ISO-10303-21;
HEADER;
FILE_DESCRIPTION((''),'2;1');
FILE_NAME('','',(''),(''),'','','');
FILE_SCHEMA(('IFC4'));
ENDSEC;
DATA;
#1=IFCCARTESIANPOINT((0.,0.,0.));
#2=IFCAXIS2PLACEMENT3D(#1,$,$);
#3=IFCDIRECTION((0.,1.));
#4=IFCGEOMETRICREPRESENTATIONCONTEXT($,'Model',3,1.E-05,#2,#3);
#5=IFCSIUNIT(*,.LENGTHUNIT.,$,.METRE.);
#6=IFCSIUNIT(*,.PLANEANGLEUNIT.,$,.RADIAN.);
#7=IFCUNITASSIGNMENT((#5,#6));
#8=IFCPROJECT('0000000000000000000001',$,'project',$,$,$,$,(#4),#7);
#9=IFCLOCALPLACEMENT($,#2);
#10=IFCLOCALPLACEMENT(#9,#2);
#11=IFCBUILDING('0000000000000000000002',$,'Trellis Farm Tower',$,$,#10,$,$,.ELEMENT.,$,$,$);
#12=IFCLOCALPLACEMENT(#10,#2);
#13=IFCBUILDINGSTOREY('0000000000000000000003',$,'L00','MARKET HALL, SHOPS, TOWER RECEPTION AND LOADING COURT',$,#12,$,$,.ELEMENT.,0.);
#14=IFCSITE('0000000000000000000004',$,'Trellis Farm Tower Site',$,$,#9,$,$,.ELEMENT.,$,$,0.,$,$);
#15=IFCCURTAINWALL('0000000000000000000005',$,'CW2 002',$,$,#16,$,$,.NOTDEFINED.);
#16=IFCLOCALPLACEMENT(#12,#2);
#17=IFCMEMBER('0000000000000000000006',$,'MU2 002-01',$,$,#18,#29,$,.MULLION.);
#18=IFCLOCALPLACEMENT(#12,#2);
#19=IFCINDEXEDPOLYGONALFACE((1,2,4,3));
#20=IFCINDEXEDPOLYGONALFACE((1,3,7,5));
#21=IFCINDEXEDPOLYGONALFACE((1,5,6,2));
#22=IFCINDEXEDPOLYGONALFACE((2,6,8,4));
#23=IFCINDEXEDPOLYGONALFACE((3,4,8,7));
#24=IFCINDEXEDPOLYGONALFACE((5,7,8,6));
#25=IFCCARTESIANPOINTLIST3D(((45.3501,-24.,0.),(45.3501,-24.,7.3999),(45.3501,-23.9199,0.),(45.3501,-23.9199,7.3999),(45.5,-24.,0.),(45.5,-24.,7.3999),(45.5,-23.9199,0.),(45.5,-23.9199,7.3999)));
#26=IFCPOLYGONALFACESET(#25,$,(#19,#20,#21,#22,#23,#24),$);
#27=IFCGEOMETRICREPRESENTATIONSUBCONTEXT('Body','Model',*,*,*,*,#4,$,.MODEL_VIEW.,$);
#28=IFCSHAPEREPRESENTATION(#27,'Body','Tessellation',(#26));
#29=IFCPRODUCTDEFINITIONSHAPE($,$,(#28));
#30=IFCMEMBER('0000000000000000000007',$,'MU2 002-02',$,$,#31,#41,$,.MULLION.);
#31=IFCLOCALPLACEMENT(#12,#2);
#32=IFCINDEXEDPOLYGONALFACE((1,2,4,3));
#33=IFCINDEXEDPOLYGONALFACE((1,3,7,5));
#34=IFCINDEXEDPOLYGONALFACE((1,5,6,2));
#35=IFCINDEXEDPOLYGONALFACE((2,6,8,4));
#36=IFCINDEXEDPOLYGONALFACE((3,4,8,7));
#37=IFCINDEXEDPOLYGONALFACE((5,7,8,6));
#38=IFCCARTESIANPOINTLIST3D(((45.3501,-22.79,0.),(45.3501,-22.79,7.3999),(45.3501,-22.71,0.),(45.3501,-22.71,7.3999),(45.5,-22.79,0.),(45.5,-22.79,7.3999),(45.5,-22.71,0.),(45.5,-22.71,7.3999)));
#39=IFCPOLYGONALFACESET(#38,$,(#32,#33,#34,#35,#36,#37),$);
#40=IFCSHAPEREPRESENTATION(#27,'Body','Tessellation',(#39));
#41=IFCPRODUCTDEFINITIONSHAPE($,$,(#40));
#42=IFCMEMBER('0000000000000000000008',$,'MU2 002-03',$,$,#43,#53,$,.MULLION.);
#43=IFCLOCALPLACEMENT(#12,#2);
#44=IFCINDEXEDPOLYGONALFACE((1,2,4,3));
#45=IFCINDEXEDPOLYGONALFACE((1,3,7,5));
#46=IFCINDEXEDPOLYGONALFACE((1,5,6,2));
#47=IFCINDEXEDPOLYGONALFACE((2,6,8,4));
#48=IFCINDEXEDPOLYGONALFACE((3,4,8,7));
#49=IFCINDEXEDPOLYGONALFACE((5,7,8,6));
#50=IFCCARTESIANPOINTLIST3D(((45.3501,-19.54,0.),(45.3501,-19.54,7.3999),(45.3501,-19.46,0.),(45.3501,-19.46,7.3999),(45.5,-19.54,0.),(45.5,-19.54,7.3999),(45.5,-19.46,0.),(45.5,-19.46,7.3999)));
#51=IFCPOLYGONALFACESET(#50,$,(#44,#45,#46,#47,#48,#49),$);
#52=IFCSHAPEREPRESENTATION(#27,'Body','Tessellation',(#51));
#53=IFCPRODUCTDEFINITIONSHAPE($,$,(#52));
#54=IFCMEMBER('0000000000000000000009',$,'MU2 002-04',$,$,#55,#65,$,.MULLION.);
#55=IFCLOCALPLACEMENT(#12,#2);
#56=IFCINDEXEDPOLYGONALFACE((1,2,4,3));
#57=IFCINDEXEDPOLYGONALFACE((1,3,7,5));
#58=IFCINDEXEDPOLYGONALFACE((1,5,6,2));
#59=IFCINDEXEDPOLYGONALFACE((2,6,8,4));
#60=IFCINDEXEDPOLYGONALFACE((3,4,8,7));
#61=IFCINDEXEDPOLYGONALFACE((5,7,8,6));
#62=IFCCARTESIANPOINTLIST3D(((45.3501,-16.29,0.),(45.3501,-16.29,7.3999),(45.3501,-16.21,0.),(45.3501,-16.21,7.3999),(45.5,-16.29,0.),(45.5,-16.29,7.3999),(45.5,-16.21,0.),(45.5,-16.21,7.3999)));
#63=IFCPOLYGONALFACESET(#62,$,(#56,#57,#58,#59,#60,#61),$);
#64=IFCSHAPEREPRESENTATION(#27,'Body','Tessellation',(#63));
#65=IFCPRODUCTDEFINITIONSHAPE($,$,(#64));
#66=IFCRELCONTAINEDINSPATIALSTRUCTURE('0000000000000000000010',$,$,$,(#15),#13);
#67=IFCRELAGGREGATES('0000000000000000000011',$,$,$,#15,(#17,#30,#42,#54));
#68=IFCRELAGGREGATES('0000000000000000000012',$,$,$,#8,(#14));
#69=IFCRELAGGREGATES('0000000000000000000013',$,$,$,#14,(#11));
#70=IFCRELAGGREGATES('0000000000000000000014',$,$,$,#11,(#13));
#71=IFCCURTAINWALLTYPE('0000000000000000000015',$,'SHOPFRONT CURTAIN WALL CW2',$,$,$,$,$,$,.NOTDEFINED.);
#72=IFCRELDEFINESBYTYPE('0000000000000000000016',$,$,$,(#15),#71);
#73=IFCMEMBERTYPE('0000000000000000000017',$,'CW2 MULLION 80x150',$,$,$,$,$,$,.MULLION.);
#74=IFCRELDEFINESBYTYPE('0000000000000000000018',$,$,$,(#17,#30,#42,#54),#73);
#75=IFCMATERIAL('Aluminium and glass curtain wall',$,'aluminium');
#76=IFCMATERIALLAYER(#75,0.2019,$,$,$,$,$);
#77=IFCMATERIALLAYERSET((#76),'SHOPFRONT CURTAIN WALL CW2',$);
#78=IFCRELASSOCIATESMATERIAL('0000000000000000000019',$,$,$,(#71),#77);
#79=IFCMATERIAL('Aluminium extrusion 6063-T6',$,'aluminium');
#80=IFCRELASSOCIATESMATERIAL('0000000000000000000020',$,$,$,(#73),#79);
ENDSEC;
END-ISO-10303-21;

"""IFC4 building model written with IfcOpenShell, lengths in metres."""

from ifc_helpers import new_model, si_unit, direction, frame, origin, origin_2d, place, context, subcontext, project, spatial, rectangle, extrude, source, transform, mapped, material, layer, layer_set, material_profile, profile_set, type_object, element, aggregate, save


model = new_model("IFC4")

# Units and contexts
model_context = context("Model", 3, precision=1e-05, world=origin(), true_north=direction((0.0, 1.0)))
body_context = subcontext(model_context, "Body", "Model", "MODEL_VIEW")
ifc_project = project(units=[si_unit("LENGTHUNIT", "METRE"), si_unit("PLANEANGLEUNIT", "RADIAN")], contexts=[model_context])

# Site, building, storey
site_placement = place(None, origin())
site = spatial("IfcSite", under=ifc_project, at=site_placement, Name="Trellis Farm Tower Site", CompositionType="ELEMENT", RefElevation=0.0)
building_placement = place(site_placement, origin())
building = spatial("IfcBuilding", under=site, at=building_placement, Name="Trellis Farm Tower", CompositionType="ELEMENT")
storey_placement = place(building_placement, origin())
storey = spatial("IfcBuildingStorey", under=building, at=storey_placement, Name="L00", Description="MARKET HALL, SHOPS, TOWER RECEPTION AND LOADING COURT", CompositionType="ELEMENT", Elevation=0.0)

# Curtain wall, members
ifc_material_1 = material(Name="Aluminium and glass curtain wall", Category="aluminium")
ifc_layer_1 = layer(ifc_material_1, 0.2019)
ifc_layer_set_1 = layer_set([ifc_layer_1], Name="SHOPFRONT CURTAIN WALL CW2")
curtain_wall_type = type_object("IfcCurtainWallType", Name="SHOPFRONT CURTAIN WALL CW2", PredefinedType="NOTDEFINED", material=ifc_layer_set_1)
curtain_wall_placement = place(storey_placement, origin())
curtain_wall = element("IfcCurtainWall", 1, at=curtain_wall_placement, inside=storey, type_object=curtain_wall_type, Name="CW2 002", PredefinedType="NOTDEFINED")
ifc_material_2 = material(Name="Aluminium extrusion 6063-T6", Category="aluminium")
ifc_material_profile_1 = material_profile(ifc_material_2, rectangle(XDim=0.0801, YDim=0.1499, at=origin_2d()), Name="MULLION 80x150")
ifc_profile_set_1 = profile_set([ifc_material_profile_1], Name="Aluminium extrusion 6063-T6")
member_type = type_object("IfcMemberType", Name="CW2 MULLION 80x150", PredefinedType="MULLION", material=ifc_profile_set_1)
shared_shape_1 = source(origin(), body_context, "Body", "SweptSolid", [
    extrude(rectangle(XDim=0.0801, YDim=0.1499, at=origin_2d()), origin(), (0.0, 0.0, 1.0), 7.3999),
])
member_1_placement = place(storey_placement, frame((45.425, -23.96, 0.0), z_axis=(0.0, 0.0, 1.0), x_axis=(0.0, 1.0, 0.0)))
member_1 = element("IfcMember", 2, at=member_1_placement, type_object=member_type, Name="MU2 002-01", PredefinedType="MULLION", context=body_context, shape_type="MappedRepresentation", body=[
    mapped(shared_shape_1, transform((0.0, 0.0, 0.0))),
])
member_2_placement = place(storey_placement, frame((45.425, -22.75, 0.0), z_axis=(0.0, 0.0, 1.0), x_axis=(0.0, 1.0, 0.0)))
member_2 = element("IfcMember", 3, at=member_2_placement, type_object=member_type, Name="MU2 002-02", PredefinedType="MULLION", context=body_context, shape_type="MappedRepresentation", body=[
    mapped(shared_shape_1, transform((0.0, 0.0, 0.0))),
])
member_3_placement = place(storey_placement, frame((45.425, -19.5, 0.0), z_axis=(0.0, 0.0, 1.0), x_axis=(0.0, 1.0, 0.0)))
member_3 = element("IfcMember", 4, at=member_3_placement, type_object=member_type, Name="MU2 002-03", PredefinedType="MULLION", context=body_context, shape_type="MappedRepresentation", body=[
    mapped(shared_shape_1, transform((0.0, 0.0, 0.0))),
])
member_4_placement = place(storey_placement, frame((45.425, -16.25, 0.0), z_axis=(0.0, 0.0, 1.0), x_axis=(0.0, 1.0, 0.0)))
member_4 = element("IfcMember", 5, at=member_4_placement, type_object=member_type, Name="MU2 002-04", PredefinedType="MULLION", context=body_context, shape_type="MappedRepresentation", body=[
    mapped(shared_shape_1, transform((0.0, 0.0, 0.0))),
])
aggregate(curtain_wall, [member_1, member_2, member_3, member_4])

save(model, "model.ifc")
